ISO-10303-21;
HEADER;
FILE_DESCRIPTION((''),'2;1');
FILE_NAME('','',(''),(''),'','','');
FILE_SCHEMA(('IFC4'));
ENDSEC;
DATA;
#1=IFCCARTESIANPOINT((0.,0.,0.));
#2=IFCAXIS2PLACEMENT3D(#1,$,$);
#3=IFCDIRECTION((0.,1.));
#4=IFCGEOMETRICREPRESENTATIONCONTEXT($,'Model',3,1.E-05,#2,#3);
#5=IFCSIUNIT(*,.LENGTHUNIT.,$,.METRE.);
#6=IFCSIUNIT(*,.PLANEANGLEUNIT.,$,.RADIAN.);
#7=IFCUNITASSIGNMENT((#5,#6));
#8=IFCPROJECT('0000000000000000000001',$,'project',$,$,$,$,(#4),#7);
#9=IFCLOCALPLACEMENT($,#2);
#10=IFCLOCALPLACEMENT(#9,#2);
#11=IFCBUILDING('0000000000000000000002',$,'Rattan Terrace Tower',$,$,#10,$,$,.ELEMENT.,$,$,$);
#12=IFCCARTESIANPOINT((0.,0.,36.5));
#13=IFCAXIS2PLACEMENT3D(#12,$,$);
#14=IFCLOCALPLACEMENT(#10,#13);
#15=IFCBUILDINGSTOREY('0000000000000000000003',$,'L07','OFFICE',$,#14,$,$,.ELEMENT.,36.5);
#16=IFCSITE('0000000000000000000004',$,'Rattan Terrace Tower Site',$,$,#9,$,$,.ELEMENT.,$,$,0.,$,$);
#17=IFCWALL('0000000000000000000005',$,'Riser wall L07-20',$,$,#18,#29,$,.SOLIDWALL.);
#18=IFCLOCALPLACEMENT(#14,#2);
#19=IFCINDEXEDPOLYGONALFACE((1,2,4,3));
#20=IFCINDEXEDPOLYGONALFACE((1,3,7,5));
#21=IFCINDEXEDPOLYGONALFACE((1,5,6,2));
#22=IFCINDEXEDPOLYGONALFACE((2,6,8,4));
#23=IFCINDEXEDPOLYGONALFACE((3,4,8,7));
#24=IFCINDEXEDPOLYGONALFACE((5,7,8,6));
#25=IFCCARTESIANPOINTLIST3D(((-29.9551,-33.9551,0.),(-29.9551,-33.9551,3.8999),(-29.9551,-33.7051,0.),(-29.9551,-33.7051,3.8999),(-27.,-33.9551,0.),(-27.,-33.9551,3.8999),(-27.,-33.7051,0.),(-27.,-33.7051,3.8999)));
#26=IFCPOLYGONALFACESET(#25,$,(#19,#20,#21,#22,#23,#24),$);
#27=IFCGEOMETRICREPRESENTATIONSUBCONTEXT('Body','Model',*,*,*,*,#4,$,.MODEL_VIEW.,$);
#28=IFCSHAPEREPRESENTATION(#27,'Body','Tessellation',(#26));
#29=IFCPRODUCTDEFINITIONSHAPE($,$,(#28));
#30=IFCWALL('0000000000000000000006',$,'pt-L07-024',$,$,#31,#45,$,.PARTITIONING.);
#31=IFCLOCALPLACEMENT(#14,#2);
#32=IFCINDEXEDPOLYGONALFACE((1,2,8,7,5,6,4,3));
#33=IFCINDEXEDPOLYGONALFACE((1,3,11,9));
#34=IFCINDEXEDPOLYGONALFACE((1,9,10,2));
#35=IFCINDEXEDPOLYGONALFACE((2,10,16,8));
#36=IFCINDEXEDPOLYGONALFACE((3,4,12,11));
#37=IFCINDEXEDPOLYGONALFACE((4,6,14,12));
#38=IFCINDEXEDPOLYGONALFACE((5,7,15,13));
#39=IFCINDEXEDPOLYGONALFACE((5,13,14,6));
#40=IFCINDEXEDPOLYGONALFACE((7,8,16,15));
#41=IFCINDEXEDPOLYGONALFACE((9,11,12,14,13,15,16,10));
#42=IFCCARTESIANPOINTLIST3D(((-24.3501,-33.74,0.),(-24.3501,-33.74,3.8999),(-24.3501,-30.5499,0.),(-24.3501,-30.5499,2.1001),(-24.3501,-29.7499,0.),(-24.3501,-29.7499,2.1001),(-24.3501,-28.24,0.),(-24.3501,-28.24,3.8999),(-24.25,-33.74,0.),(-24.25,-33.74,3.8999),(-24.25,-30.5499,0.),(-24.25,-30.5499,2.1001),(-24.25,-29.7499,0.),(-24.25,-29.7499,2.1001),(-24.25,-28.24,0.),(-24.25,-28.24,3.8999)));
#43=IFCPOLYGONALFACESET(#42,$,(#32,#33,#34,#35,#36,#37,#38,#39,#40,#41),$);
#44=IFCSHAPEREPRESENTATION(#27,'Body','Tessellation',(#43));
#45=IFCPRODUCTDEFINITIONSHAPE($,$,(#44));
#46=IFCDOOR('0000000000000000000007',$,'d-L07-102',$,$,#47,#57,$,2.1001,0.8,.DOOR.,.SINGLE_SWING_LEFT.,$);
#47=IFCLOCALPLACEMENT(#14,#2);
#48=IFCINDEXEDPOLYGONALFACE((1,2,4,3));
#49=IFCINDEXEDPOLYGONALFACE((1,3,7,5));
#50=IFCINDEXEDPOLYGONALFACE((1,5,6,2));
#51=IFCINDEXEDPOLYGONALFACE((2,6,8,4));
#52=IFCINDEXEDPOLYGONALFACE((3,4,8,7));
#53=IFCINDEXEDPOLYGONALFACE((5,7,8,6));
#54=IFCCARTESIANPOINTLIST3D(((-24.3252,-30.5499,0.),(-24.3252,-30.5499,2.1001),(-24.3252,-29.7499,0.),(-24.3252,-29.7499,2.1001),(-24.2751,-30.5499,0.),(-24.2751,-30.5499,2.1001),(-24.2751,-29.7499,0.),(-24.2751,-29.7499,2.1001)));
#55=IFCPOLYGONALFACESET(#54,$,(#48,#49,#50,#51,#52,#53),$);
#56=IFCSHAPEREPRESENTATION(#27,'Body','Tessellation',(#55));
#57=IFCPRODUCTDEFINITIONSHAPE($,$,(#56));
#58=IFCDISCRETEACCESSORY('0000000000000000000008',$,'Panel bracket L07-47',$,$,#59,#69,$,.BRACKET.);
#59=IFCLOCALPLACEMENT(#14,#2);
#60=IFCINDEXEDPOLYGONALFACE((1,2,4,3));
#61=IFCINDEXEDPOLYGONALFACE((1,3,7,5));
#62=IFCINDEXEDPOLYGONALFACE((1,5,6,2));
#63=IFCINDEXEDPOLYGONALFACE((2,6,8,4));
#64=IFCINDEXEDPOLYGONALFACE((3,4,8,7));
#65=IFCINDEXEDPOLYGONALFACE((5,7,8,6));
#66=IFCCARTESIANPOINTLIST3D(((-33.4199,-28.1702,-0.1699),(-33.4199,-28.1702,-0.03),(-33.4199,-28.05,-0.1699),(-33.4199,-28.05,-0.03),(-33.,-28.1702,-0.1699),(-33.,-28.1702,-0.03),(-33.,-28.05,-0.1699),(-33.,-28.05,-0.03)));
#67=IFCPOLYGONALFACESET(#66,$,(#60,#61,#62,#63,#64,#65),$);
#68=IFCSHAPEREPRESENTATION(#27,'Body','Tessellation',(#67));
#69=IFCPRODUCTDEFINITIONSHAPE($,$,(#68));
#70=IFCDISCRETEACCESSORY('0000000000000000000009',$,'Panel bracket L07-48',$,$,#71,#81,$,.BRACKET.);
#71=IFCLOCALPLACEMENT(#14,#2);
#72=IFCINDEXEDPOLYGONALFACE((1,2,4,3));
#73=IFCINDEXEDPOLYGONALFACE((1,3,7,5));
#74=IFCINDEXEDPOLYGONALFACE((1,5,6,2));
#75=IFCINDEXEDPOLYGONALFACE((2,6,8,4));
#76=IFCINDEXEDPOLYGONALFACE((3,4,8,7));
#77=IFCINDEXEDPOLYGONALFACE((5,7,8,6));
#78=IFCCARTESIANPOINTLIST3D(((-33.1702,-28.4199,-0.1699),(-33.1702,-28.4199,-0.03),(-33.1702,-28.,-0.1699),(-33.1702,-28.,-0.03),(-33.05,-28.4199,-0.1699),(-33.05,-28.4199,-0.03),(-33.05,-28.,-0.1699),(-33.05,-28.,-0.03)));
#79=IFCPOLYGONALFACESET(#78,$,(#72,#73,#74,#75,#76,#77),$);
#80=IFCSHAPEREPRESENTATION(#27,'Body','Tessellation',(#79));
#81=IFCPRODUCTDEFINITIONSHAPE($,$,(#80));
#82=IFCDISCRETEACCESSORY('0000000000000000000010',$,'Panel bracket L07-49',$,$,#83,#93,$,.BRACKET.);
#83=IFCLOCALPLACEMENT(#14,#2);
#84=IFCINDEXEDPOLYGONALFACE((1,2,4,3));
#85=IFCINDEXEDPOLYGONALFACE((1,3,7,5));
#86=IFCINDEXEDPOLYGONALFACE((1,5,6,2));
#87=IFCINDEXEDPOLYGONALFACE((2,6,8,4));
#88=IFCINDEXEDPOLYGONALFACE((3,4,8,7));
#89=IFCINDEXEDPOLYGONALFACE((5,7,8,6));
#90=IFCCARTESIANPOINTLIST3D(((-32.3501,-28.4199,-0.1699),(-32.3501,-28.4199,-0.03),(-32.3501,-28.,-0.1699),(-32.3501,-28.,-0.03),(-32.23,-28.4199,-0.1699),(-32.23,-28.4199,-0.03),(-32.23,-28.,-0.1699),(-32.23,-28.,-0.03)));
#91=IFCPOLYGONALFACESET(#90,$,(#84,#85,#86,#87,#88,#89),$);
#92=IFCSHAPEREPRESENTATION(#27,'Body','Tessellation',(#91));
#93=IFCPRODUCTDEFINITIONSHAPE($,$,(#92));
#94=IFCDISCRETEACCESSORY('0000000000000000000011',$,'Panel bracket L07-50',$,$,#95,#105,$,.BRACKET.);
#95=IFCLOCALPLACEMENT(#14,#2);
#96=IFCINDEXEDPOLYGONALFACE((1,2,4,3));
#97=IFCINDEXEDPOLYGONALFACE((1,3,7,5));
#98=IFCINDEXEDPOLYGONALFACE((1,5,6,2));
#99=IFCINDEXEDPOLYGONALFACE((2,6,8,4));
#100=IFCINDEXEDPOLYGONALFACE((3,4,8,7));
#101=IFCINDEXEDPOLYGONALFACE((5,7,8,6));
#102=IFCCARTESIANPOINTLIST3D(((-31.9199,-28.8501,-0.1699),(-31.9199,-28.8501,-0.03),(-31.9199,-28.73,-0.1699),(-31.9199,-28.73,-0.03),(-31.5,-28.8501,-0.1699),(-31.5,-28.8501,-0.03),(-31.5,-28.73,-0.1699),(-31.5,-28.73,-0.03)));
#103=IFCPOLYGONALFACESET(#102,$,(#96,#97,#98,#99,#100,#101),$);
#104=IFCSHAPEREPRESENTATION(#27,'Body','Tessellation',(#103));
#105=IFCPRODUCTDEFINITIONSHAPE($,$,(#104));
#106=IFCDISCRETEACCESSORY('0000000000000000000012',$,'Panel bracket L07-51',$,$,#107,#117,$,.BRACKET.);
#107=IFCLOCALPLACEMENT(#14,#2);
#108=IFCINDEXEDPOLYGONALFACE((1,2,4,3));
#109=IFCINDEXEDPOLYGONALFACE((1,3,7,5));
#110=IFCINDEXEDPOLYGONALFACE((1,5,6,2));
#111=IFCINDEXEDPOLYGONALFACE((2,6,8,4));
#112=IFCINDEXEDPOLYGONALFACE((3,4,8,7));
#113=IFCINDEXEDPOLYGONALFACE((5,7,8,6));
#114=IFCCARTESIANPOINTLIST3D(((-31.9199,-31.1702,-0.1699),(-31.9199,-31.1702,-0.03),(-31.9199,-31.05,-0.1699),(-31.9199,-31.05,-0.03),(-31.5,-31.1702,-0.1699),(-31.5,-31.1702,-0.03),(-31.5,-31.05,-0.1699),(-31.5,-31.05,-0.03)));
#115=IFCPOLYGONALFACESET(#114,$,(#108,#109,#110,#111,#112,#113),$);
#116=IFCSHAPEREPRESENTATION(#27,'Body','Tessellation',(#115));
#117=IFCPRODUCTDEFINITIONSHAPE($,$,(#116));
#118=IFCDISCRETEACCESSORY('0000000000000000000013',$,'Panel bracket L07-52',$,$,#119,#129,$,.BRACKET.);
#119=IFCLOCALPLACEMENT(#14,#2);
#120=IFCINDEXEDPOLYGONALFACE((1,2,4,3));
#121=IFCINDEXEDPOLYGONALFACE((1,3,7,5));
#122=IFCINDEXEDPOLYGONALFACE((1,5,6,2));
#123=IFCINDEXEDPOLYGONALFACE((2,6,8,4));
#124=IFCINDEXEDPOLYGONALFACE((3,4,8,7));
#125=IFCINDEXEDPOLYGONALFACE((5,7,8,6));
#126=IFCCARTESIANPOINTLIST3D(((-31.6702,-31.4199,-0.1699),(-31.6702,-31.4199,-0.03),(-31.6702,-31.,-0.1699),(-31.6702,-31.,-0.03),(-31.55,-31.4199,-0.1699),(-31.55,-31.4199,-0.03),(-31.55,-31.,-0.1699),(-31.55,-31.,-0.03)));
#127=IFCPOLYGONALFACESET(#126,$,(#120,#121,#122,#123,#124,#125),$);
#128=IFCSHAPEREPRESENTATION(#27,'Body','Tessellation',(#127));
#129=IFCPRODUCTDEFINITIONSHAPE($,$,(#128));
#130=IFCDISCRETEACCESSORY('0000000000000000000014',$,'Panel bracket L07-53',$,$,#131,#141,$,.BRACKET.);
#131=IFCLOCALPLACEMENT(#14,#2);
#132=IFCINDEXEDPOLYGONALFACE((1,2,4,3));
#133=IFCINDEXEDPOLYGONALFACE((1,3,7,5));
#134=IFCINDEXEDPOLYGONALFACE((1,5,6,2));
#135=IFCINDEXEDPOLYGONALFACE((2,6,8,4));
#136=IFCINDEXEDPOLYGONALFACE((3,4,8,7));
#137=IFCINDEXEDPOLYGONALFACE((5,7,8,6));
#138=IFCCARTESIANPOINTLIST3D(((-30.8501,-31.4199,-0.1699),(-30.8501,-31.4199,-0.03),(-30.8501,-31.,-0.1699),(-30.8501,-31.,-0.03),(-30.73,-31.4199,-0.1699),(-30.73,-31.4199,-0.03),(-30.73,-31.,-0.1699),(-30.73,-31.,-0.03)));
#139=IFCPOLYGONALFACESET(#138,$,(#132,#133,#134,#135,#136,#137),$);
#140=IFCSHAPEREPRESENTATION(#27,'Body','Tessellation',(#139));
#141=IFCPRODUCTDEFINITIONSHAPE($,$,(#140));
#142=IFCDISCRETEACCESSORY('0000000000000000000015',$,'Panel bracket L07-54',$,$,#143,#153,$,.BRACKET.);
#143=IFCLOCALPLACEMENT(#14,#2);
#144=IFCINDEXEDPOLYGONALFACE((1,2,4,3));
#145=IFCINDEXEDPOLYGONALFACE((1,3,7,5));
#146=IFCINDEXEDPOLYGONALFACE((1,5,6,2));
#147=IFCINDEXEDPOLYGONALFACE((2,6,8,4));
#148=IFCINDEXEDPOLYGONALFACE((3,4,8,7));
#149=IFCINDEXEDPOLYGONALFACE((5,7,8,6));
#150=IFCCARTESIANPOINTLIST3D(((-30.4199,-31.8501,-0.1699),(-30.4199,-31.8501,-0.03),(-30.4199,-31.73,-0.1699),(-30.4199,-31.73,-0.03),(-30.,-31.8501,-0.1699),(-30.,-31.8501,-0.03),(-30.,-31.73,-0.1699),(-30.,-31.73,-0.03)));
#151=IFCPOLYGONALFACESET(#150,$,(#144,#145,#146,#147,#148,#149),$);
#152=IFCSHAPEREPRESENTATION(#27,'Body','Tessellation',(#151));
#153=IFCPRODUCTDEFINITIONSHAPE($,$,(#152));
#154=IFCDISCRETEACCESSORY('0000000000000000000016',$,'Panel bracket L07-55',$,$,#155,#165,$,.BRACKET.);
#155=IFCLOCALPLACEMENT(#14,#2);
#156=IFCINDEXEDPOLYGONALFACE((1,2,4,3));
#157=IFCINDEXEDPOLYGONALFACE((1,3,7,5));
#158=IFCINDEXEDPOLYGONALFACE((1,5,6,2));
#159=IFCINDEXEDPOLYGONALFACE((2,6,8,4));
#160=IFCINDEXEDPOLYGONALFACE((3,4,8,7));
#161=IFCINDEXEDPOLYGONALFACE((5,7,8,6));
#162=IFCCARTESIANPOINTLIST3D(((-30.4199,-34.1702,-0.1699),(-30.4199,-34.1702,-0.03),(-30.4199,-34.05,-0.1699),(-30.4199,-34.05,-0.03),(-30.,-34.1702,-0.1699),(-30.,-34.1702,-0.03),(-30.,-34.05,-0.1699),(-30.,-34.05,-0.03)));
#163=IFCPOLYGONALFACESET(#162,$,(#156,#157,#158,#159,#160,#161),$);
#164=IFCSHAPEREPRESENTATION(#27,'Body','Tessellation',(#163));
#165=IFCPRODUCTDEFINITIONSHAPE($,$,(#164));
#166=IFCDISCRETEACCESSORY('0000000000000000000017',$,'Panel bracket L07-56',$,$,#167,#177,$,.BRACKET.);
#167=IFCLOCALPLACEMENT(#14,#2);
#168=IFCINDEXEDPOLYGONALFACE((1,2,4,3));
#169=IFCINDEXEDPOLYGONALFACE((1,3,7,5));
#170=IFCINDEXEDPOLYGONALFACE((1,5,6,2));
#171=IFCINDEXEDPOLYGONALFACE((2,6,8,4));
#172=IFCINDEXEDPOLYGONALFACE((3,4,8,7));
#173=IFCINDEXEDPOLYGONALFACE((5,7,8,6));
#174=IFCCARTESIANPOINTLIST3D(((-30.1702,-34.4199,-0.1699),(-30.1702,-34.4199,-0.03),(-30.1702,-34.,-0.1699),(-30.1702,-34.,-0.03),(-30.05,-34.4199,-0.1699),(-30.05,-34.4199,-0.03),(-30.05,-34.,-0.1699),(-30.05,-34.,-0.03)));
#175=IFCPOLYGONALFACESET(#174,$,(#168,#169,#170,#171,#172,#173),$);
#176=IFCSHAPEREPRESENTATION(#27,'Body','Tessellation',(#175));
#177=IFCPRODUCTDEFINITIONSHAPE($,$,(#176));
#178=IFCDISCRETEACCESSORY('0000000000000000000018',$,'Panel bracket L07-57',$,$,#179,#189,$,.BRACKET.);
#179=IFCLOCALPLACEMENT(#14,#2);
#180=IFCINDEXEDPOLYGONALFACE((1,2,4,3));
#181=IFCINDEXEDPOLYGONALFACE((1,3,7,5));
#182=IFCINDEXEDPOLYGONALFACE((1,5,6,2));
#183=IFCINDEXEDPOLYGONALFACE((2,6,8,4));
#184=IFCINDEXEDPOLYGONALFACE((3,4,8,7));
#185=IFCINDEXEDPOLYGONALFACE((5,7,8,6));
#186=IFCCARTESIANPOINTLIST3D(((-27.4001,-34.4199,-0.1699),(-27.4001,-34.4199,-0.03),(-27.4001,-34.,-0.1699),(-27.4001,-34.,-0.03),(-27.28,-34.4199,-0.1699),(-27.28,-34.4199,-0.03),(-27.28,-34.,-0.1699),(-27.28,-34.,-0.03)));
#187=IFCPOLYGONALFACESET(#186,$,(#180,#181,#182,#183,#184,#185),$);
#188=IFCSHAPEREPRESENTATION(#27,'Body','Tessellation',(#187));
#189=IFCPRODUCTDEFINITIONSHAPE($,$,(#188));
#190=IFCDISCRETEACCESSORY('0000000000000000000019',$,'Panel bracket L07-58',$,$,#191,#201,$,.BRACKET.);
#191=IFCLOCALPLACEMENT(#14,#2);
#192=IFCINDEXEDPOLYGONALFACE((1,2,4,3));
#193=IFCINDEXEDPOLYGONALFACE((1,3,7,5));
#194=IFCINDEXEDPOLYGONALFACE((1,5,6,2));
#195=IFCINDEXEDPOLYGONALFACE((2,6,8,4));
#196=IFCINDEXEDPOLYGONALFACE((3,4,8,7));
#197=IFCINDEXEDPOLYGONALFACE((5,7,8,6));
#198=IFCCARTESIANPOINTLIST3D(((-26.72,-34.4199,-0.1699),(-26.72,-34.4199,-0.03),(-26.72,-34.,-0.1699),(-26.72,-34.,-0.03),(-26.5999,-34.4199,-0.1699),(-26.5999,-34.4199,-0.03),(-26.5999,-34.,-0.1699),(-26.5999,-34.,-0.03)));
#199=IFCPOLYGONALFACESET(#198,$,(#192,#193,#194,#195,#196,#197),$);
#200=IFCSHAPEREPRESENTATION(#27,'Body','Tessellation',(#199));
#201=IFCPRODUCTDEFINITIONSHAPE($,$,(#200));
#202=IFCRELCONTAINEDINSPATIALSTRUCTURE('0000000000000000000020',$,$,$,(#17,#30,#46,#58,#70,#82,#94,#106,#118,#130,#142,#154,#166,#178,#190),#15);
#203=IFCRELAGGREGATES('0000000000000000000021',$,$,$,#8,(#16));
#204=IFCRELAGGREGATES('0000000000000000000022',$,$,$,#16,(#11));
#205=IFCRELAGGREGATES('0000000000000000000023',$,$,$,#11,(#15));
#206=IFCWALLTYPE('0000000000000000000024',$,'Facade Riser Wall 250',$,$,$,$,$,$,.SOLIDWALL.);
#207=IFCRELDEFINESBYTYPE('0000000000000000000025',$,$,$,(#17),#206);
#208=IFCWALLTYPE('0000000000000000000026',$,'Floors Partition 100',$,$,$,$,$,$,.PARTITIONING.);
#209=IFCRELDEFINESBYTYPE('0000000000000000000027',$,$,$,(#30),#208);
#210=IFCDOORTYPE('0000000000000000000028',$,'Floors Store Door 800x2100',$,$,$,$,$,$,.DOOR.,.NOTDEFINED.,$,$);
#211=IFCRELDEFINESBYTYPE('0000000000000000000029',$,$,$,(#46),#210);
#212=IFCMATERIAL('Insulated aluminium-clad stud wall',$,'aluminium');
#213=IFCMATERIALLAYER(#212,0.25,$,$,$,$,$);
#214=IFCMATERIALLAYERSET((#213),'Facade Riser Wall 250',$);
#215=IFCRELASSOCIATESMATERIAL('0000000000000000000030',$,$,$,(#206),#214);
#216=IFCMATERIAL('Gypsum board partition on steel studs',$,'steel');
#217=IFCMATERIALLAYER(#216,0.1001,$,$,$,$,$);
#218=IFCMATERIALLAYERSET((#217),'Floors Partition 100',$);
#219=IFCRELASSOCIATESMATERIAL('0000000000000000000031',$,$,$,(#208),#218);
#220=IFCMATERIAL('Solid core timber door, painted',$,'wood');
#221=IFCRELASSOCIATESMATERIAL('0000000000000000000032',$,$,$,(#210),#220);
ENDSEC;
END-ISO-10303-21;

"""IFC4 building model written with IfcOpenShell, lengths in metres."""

from ifc_helpers import new_model, si_unit, direction, frame, frame_2d, origin, origin_2d, place, context, subcontext, project, spatial, rectangle, extrude, material, layer, layer_set, type_object, element, fill, save


model = new_model("IFC4")

# Units and contexts
model_context = context("Model", 3, precision=1e-05, world=origin(), true_north=direction((0.0, 1.0)))
body_context = subcontext(model_context, "Body", "Model", "MODEL_VIEW")
ifc_project = project(units=[si_unit("LENGTHUNIT", "METRE"), si_unit("PLANEANGLEUNIT", "RADIAN")], contexts=[model_context])

# Site, building, storey
site_placement = place(None, origin())
site = spatial("IfcSite", under=ifc_project, at=site_placement, Name="Rattan Terrace Tower Site", CompositionType="ELEMENT", RefElevation=0.0)
building_placement = place(site_placement, origin())
building = spatial("IfcBuilding", under=site, at=building_placement, Name="Rattan Terrace Tower", CompositionType="ELEMENT")
storey_placement = place(building_placement, frame((0.0, 0.0, 36.5)))
storey = spatial("IfcBuildingStorey", under=building, at=storey_placement, Name="L07", Description="OFFICE", CompositionType="ELEMENT", Elevation=36.5)

# Wall
ifc_material_1 = material(Name="Insulated aluminium-clad stud wall", Category="aluminium")
ifc_layer_1 = layer(ifc_material_1, 0.25)
ifc_layer_set_1 = layer_set([ifc_layer_1], Name="Facade Riser Wall 250")
wall_type_1 = type_object("IfcWallType", Name="Facade Riser Wall 250", PredefinedType="SOLIDWALL", material=ifc_layer_set_1)
wall_1_placement = place(storey_placement, frame((-29.9551, -33.8301, 0.0), z_axis=(0.0, 0.0, 1.0), x_axis=(1.0, 0.0, 0.0)))
element("IfcWall", 1, at=wall_1_placement, inside=storey, type_object=wall_type_1, Name="Riser wall L07-20", PredefinedType="SOLIDWALL", context=body_context, shape_type="SweptSolid", body=[
    extrude(rectangle(XDim=2.9551, YDim=0.25, at=frame_2d((1.4775, 0.0))), origin(), (0.0, 0.0, 1.0), 3.8999),
])

# Wall, opening, door
ifc_material_2 = material(Name="Gypsum board partition on steel studs", Category="steel")
ifc_layer_2 = layer(ifc_material_2, 0.1001)
ifc_layer_set_2 = layer_set([ifc_layer_2], Name="Floors Partition 100")
wall_type_2 = type_object("IfcWallType", Name="Floors Partition 100", PredefinedType="PARTITIONING", material=ifc_layer_set_2)
wall_2_placement = place(storey_placement, frame((-24.3, -28.24, 0.0), z_axis=(0.0, 0.0, 1.0), x_axis=(0.0, -1.0, 0.0)))
wall_2 = element("IfcWall", 2, at=wall_2_placement, inside=storey, type_object=wall_type_2, Name="pt-L07-024", PredefinedType="PARTITIONING", context=body_context, shape_type="SweptSolid", body=[
    extrude(rectangle(XDim=5.5, YDim=0.1001, at=frame_2d((2.75, 0.0))), origin(), (0.0, 0.0, 1.0), 3.8999),
])
opening_placement = place(wall_2_placement, frame((1.51, 0.0, 0.0)))
opening = element("IfcOpeningElement", 3, at=opening_placement, cuts=wall_2, PredefinedType="OPENING", context=body_context, shape_type="SweptSolid", body=[
    extrude(rectangle(XDim=0.8, YDim=2.1001, at=frame_2d((0.3999, 1.05))), frame((0.0, 0.0605, 0.0), z_axis=(0.0, -1.0, 0.0), x_axis=(1.0, 0.0, 0.0)), (0.0, 0.0, 1.0), 0.1211),
])
ifc_material_3 = material(Name="Solid core timber door, painted", Category="wood")
door_type = type_object("IfcDoorType", Name="Floors Store Door 800x2100", OperationType="NOTDEFINED", PredefinedType="DOOR", material=ifc_material_3)
door_placement = place(opening_placement, origin())
door = element("IfcDoor", 4, at=door_placement, inside=storey, type_object=door_type, Name="d-L07-102", OperationType="SINGLE_SWING_LEFT", OverallHeight=2.1001, OverallWidth=0.8, PredefinedType="DOOR", context=body_context, shape_type="SweptSolid", body=[
    extrude(rectangle(XDim=0.8, YDim=2.1001, at=frame_2d((0.3999, 1.05))), frame((0.0, 0.0249, 0.0), z_axis=(0.0, -1.0, 0.0), x_axis=(1.0, 0.0, 0.0)), (0.0, 0.0, 1.0), 0.05),
])
fill(opening, door)

# Discrete accessories
for number, where, z_axis, x_axis, name in (
    (5, (-33.21, -28.1101, -0.1699), (0.0, 0.0, 1.0), (0.0, -1.0, 0.0), "Panel bracket L07-47"),
    (6, (-33.1101, -28.21, -0.1699), (0.0, 0.0, 1.0), (1.0, 0.0, 0.0), "Panel bracket L07-48"),
    (7, (-32.29, -28.21, -0.1699), (0.0, 0.0, 1.0), (1.0, 0.0, 0.0), "Panel bracket L07-49"),
    (8, (-31.71, -28.79, -0.1699), (0.0, 0.0, 1.0), (0.0, -1.0, 0.0), "Panel bracket L07-50"),
    (9, (-31.71, -31.1101, -0.1699), (0.0, 0.0, 1.0), (0.0, -1.0, 0.0), "Panel bracket L07-51"),
    (10, (-31.6101, -31.21, -0.1699), (0.0, 0.0, 1.0), (1.0, 0.0, 0.0), "Panel bracket L07-52"),
    (11, (-30.79, -31.21, -0.1699), (0.0, 0.0, 1.0), (1.0, 0.0, 0.0), "Panel bracket L07-53"),
    (12, (-30.21, -31.79, -0.1699), (0.0, 0.0, 1.0), (0.0, -1.0, 0.0), "Panel bracket L07-54"),
    (13, (-30.21, -34.1101, -0.1699), (0.0, 0.0, 1.0), (0.0, -1.0, 0.0), "Panel bracket L07-55"),
    (14, (-30.1101, -34.21, -0.1699), (0.0, 0.0, 1.0), (1.0, 0.0, 0.0), "Panel bracket L07-56"),
    (15, (-27.3401, -34.21, -0.1699), (0.0, 0.0, 1.0), (1.0, 0.0, 0.0), "Panel bracket L07-57"),
    (16, (-26.6599, -34.21, -0.1699), (0.0, 0.0, 1.0), (1.0, 0.0, 0.0), "Panel bracket L07-58"),
):
    element("IfcDiscreteAccessory", number, at=place(storey_placement, frame(where, z_axis=z_axis, x_axis=x_axis)), inside=storey, Name=name, PredefinedType="BRACKET", context=body_context, shape_type="SweptSolid", body=[
        extrude(rectangle(XDim=0.1201, YDim=0.4199, at=origin_2d()), origin(), (0.0, 0.0, 1.0), 0.1399),
    ])

save(model, "model.ifc")
